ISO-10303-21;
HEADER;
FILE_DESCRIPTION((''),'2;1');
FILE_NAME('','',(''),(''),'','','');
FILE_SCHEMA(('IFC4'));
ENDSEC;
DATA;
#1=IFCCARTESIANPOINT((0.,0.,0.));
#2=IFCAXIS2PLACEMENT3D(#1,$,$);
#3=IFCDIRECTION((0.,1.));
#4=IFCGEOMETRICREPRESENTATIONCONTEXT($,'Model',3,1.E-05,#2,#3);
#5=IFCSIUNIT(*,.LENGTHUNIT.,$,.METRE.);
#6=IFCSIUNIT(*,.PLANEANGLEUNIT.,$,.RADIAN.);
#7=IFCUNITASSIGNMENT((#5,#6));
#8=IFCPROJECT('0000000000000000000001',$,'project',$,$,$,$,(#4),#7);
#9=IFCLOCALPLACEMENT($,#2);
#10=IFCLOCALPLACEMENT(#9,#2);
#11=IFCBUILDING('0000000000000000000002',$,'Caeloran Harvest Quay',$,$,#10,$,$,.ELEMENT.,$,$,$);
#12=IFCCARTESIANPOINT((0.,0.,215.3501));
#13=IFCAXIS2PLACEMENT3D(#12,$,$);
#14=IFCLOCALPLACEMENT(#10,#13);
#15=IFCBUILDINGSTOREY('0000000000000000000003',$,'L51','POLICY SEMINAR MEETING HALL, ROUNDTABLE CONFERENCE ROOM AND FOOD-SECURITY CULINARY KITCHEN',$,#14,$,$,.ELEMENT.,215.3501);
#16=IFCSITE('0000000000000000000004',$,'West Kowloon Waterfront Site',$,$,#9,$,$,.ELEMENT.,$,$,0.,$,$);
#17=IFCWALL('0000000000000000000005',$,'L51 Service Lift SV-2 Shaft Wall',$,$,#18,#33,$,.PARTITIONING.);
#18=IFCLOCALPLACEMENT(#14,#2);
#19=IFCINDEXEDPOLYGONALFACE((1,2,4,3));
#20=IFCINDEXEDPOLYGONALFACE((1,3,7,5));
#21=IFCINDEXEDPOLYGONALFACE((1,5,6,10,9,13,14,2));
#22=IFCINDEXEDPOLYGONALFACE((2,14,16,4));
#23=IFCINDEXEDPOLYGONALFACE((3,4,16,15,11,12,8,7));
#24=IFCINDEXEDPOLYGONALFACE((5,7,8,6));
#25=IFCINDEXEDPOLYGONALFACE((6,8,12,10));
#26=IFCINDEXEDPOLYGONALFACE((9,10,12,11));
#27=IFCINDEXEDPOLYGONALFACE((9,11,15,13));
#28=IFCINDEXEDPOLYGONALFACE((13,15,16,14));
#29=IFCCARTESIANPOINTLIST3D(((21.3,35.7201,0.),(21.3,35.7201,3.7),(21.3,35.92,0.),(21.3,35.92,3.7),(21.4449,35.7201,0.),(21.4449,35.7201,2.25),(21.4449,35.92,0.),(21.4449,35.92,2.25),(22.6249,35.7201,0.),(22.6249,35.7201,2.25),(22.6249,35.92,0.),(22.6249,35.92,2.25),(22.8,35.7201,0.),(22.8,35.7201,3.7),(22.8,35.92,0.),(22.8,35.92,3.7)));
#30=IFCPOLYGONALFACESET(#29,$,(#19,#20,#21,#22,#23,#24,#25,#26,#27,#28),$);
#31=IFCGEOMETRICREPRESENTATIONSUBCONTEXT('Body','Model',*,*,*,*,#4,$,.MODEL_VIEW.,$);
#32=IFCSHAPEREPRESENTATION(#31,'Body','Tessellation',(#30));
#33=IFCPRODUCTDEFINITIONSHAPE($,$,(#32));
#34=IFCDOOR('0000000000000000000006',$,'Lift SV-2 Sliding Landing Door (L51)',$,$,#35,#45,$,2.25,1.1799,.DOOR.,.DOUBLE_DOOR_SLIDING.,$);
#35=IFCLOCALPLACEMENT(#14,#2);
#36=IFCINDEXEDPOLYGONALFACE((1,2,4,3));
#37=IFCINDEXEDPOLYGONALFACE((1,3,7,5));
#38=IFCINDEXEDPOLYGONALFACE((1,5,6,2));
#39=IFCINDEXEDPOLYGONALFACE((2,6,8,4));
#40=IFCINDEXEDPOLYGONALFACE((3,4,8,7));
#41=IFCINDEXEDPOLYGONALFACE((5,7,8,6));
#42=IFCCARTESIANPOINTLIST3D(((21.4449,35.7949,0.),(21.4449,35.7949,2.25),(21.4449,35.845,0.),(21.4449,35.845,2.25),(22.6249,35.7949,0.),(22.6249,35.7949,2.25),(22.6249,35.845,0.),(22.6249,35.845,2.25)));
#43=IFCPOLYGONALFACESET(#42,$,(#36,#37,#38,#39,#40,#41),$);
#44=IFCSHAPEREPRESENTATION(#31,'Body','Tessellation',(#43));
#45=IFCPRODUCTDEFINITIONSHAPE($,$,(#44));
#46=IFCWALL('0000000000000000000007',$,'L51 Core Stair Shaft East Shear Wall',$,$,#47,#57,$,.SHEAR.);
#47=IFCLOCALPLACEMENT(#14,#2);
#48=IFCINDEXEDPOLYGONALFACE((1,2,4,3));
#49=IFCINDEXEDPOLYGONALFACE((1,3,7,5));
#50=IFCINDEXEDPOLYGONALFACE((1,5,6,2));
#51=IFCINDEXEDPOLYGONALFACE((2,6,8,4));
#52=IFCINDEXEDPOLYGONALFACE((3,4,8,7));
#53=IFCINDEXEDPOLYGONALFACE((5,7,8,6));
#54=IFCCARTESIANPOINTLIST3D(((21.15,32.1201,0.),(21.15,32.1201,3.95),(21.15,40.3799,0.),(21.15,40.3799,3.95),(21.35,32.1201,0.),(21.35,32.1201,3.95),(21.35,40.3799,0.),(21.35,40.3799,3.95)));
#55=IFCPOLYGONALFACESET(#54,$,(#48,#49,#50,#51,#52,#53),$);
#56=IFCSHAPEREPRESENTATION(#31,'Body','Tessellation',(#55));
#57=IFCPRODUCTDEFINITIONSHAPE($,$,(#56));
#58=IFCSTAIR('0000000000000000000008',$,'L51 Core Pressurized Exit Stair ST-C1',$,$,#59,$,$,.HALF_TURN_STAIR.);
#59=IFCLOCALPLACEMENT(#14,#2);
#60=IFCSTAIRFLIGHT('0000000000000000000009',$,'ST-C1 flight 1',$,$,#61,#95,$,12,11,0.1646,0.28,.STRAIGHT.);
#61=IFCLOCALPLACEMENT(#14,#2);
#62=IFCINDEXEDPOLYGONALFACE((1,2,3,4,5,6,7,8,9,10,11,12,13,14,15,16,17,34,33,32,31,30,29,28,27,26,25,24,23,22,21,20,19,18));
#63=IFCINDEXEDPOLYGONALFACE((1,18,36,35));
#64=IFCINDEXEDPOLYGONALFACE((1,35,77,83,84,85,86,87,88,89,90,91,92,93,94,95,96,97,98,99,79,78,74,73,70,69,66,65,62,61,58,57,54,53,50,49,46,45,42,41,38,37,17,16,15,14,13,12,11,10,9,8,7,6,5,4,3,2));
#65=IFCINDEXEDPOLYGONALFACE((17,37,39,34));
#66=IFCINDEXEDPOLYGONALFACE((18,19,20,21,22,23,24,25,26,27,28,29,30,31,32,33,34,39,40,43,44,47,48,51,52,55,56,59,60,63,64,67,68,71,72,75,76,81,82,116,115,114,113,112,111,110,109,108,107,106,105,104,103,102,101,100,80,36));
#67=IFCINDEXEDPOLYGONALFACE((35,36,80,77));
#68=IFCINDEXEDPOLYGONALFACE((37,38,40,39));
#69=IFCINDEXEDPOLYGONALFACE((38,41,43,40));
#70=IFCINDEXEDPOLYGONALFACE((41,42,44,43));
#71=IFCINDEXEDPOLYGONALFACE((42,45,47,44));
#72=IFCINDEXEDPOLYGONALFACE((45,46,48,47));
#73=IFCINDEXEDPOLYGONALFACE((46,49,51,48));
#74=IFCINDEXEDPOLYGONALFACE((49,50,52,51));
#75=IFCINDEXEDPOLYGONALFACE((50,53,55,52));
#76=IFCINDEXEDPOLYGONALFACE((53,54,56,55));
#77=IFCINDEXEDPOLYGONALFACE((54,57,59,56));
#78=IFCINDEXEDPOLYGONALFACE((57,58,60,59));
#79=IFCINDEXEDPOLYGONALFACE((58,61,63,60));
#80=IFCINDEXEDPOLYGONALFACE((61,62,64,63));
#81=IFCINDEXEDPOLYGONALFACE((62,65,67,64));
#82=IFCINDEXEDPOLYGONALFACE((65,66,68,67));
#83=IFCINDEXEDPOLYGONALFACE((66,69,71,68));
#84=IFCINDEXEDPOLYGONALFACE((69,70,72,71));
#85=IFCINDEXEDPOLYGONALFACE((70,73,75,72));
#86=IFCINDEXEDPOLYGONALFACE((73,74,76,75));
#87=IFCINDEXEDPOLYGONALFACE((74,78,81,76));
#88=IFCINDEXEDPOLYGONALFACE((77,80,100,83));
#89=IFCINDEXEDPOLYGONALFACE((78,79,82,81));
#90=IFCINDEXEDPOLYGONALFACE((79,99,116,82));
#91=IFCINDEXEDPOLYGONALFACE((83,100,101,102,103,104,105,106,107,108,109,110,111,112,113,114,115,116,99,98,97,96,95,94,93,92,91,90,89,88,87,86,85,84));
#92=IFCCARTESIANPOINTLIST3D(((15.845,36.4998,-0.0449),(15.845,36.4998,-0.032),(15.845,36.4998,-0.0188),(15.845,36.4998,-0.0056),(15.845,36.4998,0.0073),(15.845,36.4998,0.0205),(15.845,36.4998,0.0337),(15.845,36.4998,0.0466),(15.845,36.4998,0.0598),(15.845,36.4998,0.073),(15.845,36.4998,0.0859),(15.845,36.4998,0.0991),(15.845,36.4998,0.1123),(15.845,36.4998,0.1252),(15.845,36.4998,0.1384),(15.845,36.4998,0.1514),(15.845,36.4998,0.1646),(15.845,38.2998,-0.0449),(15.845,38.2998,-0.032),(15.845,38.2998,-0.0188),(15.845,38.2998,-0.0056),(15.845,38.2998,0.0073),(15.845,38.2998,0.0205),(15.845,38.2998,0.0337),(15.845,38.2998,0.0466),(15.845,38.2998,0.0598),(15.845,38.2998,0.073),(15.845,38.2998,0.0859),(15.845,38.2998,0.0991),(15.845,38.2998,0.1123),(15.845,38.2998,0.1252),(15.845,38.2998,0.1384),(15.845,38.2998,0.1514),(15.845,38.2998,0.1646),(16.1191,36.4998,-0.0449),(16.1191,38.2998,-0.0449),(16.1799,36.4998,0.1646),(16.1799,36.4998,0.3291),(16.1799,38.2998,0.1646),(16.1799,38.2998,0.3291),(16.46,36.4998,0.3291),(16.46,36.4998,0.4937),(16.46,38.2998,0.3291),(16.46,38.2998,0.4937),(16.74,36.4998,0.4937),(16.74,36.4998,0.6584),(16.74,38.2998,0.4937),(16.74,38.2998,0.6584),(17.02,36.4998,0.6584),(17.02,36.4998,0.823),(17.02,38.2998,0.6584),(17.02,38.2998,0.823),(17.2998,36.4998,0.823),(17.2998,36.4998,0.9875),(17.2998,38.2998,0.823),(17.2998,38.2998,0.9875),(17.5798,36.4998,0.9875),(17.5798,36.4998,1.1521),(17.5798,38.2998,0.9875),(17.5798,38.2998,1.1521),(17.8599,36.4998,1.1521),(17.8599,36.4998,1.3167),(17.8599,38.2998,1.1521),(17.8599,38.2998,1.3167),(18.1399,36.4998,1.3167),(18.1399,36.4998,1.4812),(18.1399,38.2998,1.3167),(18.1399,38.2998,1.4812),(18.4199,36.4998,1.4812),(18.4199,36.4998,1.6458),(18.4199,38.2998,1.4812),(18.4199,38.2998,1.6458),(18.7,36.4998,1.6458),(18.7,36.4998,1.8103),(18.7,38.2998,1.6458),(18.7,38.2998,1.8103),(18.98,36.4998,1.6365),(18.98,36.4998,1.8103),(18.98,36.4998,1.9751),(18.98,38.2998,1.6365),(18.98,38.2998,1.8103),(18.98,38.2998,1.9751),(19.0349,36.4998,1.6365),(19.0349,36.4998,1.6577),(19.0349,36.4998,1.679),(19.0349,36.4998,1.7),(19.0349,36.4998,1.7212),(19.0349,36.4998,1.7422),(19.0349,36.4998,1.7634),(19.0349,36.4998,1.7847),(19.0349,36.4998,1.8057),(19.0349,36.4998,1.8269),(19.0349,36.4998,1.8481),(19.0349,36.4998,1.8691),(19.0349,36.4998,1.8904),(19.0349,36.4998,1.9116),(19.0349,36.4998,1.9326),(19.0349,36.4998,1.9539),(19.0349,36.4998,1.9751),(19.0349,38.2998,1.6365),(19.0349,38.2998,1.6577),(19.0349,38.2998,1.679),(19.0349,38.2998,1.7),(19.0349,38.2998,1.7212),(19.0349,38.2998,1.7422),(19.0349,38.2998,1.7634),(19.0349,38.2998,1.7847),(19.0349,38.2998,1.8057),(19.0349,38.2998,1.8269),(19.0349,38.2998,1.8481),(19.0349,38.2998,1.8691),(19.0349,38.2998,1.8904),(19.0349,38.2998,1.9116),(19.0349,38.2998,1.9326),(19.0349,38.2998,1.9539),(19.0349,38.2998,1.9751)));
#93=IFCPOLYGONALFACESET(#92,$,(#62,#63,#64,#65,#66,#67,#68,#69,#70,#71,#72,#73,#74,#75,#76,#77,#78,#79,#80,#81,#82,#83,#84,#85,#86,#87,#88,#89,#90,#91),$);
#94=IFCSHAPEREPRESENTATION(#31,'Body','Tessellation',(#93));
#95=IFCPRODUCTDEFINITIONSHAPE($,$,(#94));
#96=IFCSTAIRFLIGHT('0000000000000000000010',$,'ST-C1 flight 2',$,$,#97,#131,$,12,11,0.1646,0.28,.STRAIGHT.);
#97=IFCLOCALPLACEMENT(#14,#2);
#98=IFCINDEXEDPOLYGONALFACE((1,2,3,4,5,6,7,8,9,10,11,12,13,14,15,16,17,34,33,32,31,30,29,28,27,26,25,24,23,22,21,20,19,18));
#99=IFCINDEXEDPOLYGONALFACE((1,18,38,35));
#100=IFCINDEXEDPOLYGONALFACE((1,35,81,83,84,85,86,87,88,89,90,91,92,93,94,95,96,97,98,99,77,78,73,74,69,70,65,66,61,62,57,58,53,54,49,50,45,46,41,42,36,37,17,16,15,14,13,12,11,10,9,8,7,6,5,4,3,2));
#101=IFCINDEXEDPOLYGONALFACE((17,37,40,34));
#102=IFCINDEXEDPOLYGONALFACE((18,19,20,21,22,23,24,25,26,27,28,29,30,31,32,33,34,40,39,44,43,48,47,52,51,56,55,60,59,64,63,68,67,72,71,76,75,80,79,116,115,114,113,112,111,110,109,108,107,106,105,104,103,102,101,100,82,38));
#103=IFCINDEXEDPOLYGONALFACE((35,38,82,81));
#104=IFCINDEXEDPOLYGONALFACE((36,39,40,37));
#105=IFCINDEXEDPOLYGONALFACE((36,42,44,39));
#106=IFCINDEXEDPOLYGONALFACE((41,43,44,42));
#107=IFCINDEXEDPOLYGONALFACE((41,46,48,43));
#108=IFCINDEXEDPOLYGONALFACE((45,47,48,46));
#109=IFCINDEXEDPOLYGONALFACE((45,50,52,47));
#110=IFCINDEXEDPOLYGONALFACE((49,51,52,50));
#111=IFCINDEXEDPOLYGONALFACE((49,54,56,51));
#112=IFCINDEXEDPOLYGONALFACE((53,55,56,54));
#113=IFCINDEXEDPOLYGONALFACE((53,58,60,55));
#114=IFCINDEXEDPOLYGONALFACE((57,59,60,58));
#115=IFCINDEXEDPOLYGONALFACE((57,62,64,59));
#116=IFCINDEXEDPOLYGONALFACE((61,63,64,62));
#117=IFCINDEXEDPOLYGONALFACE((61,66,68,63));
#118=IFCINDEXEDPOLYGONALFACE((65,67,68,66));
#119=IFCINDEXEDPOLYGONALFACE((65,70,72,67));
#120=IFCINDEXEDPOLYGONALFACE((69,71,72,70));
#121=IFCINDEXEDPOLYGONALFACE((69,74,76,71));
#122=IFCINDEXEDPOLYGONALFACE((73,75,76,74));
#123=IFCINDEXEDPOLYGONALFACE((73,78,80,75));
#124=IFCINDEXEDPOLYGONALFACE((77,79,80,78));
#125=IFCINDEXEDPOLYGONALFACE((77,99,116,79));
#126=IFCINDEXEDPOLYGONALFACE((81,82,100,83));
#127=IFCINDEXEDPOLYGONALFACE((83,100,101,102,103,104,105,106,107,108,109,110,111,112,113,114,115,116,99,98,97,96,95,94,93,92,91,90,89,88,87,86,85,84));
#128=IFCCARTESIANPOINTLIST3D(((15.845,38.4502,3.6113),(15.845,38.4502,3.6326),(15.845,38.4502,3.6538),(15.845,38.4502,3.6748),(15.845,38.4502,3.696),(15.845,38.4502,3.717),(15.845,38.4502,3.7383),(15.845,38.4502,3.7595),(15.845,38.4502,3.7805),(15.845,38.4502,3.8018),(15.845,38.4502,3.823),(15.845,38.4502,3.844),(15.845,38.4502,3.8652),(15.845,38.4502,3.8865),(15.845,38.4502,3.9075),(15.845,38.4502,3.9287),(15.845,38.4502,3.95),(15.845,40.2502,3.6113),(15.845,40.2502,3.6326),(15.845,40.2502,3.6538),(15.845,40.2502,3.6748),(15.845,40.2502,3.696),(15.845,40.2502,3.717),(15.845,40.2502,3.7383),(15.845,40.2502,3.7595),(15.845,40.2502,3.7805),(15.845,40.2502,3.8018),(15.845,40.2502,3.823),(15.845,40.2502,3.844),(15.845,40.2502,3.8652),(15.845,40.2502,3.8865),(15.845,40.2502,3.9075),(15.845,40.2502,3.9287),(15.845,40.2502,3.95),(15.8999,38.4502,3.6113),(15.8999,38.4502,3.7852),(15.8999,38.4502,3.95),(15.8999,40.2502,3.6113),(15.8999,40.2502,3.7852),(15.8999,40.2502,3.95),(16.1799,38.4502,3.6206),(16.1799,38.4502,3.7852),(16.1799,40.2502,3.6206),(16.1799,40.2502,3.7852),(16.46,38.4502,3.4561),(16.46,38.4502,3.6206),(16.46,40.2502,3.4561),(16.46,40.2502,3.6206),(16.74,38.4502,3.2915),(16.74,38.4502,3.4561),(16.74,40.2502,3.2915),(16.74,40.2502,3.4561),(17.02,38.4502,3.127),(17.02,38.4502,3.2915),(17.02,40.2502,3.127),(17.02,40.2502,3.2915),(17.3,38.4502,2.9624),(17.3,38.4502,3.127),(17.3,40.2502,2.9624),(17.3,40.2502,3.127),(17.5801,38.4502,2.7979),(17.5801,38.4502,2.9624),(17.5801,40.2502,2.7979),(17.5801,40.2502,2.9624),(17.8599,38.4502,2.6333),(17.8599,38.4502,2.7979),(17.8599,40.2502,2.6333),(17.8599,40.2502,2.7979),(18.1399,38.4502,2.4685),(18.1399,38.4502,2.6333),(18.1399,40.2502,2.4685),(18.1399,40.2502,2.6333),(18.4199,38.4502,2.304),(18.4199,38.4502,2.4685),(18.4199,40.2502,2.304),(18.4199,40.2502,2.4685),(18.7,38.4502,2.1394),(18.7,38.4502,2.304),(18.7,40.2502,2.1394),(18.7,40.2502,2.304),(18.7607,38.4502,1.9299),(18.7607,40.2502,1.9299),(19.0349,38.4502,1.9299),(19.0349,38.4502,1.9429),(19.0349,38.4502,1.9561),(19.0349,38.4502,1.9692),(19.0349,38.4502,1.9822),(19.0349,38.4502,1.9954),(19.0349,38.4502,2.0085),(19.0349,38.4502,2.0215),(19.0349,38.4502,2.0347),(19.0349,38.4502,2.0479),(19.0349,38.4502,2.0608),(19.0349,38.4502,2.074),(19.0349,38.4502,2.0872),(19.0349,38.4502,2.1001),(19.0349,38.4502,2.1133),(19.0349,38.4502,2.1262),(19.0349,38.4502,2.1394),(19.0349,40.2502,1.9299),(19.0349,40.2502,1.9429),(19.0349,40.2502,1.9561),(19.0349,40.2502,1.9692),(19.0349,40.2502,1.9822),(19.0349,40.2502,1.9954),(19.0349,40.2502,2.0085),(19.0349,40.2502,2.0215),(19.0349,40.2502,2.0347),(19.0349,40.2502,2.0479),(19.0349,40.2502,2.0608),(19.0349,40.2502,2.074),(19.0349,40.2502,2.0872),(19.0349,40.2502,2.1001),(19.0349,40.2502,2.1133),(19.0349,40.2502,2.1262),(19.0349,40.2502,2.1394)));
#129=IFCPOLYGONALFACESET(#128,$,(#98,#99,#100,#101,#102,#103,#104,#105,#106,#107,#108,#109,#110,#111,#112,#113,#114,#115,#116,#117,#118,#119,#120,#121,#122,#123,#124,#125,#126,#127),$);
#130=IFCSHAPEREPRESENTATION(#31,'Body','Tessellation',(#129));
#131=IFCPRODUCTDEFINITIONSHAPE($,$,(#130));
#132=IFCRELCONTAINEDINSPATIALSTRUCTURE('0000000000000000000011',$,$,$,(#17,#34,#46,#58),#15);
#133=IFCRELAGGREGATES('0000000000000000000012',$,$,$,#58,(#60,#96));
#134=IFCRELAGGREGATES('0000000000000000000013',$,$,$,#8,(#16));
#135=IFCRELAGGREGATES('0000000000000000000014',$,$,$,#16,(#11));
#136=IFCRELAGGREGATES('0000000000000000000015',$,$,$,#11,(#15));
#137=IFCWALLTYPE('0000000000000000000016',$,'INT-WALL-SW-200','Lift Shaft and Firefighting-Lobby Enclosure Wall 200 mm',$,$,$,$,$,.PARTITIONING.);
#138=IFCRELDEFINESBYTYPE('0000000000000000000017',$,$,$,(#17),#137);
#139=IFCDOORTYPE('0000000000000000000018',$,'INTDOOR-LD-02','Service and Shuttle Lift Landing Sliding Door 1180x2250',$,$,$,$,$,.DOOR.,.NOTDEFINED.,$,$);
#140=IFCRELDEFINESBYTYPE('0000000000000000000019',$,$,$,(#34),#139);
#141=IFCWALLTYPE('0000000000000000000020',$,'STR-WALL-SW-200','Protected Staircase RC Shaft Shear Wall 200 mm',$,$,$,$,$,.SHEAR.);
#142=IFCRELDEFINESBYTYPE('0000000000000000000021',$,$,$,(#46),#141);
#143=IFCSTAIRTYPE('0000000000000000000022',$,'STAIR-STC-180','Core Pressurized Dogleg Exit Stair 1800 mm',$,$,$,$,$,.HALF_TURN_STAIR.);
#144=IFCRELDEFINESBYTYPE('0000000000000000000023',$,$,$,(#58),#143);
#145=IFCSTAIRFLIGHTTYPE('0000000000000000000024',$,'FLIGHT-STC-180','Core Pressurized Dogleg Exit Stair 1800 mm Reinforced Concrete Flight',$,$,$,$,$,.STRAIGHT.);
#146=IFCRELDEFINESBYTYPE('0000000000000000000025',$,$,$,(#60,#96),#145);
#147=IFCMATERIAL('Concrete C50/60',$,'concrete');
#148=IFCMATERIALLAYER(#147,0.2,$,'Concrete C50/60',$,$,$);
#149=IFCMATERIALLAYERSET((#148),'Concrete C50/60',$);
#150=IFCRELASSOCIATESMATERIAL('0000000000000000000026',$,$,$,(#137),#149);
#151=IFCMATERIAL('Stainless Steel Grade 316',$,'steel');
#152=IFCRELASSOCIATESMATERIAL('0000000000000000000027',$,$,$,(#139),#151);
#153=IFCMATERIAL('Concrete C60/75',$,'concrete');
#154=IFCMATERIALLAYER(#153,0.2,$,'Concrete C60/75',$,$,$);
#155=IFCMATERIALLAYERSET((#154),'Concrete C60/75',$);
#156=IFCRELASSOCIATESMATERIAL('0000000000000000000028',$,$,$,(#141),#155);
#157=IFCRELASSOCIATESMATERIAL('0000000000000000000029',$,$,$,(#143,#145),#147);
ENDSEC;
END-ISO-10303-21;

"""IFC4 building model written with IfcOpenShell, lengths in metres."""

from ifc_helpers import new_model, si_unit, direction, frame, frame_2d, origin, place, context, subcontext, project, spatial, polyline, rectangle, outline, extrude, material, layer, layer_set, type_object, element, fill, aggregate, save


model = new_model("IFC4")

# Units and contexts
model_context = context("Model", 3, precision=1e-05, world=origin(), true_north=direction((0.0, 1.0)))
body_context = subcontext(model_context, "Body", "Model", "MODEL_VIEW")
ifc_project = project(units=[si_unit("LENGTHUNIT", "METRE"), si_unit("PLANEANGLEUNIT", "RADIAN")], contexts=[model_context])

# Site, building, storey
site_placement = place(None, origin())
site = spatial("IfcSite", under=ifc_project, at=site_placement, Name="West Kowloon Waterfront Site", CompositionType="ELEMENT", RefElevation=0.0)
building_placement = place(site_placement, origin())
building = spatial("IfcBuilding", under=site, at=building_placement, Name="Caeloran Harvest Quay", CompositionType="ELEMENT")
storey_placement = place(building_placement, frame((0.0, 0.0, 215.3501)))
storey = spatial("IfcBuildingStorey", under=building, at=storey_placement, Name="L51", Description="POLICY SEMINAR MEETING HALL, ROUNDTABLE CONFERENCE ROOM AND FOOD-SECURITY CULINARY KITCHEN", CompositionType="ELEMENT", Elevation=215.3501)

# Wall, opening, door
ifc_material_1 = material(Name="Concrete C50/60", Category="concrete")
ifc_layer_1 = layer(ifc_material_1, 0.2, Name="Concrete C50/60")
ifc_layer_set_1 = layer_set([ifc_layer_1], Name="Concrete C50/60")
wall_type_1 = type_object("IfcWallType", Name="INT-WALL-SW-200", Description="Lift Shaft and Firefighting-Lobby Enclosure Wall 200 mm", PredefinedType="PARTITIONING", material=ifc_layer_set_1)
wall_1_placement = place(storey_placement, frame((21.3, 35.8201, 0.0), z_axis=(0.0, 0.0, 1.0), x_axis=(1.0, 0.0, 0.0)))
wall_1 = element("IfcWall", 1, at=wall_1_placement, inside=storey, type_object=wall_type_1, Name="L51 Service Lift SV-2 Shaft Wall", PredefinedType="PARTITIONING", context=body_context, shape_type="SweptSolid", body=[
    extrude(rectangle(XDim=1.5, YDim=0.2, at=frame_2d((0.75, 0.0))), origin(), (0.0, 0.0, 1.0), 3.7),
])
opening_placement = place(wall_1_placement, frame((0.145, 0.0, 0.0)))
opening = element("IfcOpeningElement", 2, at=opening_placement, cuts=wall_1, PredefinedType="OPENING", context=body_context, shape_type="SweptSolid", body=[
    extrude(rectangle(XDim=1.1799, YDim=2.25, at=frame_2d((0.5898, 1.125))), frame((0.0, 0.1099, 0.0), z_axis=(0.0, -1.0, 0.0), x_axis=(1.0, 0.0, 0.0)), (0.0, 0.0, 1.0), 0.22),
])
ifc_material_2 = material(Name="Stainless Steel Grade 316", Category="steel")
door_type = type_object("IfcDoorType", Name="INTDOOR-LD-02", Description="Service and Shuttle Lift Landing Sliding Door 1180x2250", OperationType="NOTDEFINED", PredefinedType="DOOR", material=ifc_material_2)
door_placement = place(opening_placement, origin())
door = element("IfcDoor", 3, at=door_placement, inside=storey, type_object=door_type, Name="Lift SV-2 Sliding Landing Door (L51)", OperationType="DOUBLE_DOOR_SLIDING", OverallHeight=2.25, OverallWidth=1.1799, PredefinedType="DOOR", context=body_context, shape_type="SweptSolid", body=[
    extrude(rectangle(XDim=1.1799, YDim=2.25, at=frame_2d((0.5898, 1.125))), frame((0.0, 0.0249, 0.0), z_axis=(0.0, -1.0, 0.0), x_axis=(1.0, 0.0, 0.0)), (0.0, 0.0, 1.0), 0.05),
])
fill(opening, door)

# Wall
ifc_material_3 = material(Name="Concrete C60/75", Category="concrete")
ifc_layer_2 = layer(ifc_material_3, 0.2, Name="Concrete C60/75")
ifc_layer_set_2 = layer_set([ifc_layer_2], Name="Concrete C60/75")
wall_type_2 = type_object("IfcWallType", Name="STR-WALL-SW-200", Description="Protected Staircase RC Shaft Shear Wall 200 mm", PredefinedType="SHEAR", material=ifc_layer_set_2)
wall_2_placement = place(storey_placement, frame((21.25, 32.1201, 0.0), z_axis=(0.0, 0.0, 1.0), x_axis=(0.0, 1.0, 0.0)))
element("IfcWall", 4, at=wall_2_placement, inside=storey, type_object=wall_type_2, Name="L51 Core Stair Shaft East Shear Wall", PredefinedType="SHEAR", context=body_context, shape_type="SweptSolid", body=[
    extrude(rectangle(XDim=8.2598, YDim=0.2, at=frame_2d((4.1299, 0.0))), origin(), (0.0, 0.0, 1.0), 3.95),
])

# Stair, stair flights
stair_type = type_object("IfcStairType", Name="STAIR-STC-180", Description="Core Pressurized Dogleg Exit Stair 1800 mm", PredefinedType="HALF_TURN_STAIR", material=ifc_material_1)
stair_1_placement = place(storey_placement, origin())
stair_1 = element("IfcStair", 5, at=stair_1_placement, inside=storey, type_object=stair_type, Name="L51 Core Pressurized Exit Stair ST-C1", PredefinedType="HALF_TURN_STAIR")
stair_flight_type = type_object("IfcStairFlightType", Name="FLIGHT-STC-180", Description="Core Pressurized Dogleg Exit Stair 1800 mm Reinforced Concrete Flight", PredefinedType="STRAIGHT", material=ifc_material_1)
stair_flight_1_placement = place(storey_placement, frame((15.8999, 37.3999, 0.0), z_axis=(0.0, 0.0, 1.0), x_axis=(1.0, 0.0, 0.0)))
stair_flight_1 = element("IfcStairFlight", 6, at=stair_flight_1_placement, type_object=stair_flight_type, Name="ST-C1 flight 1", NumberOfRisers=12, NumberOfTreads=11, PredefinedType="STRAIGHT", RiserHeight=0.1646, TreadLength=0.28, context=body_context, shape_type="SweptSolid", body=[
    extrude(outline(polyline([(-0.0549, -0.0449), (-0.0549, -0.032), (-0.0549, -0.0188), (-0.0549, -0.0056), (-0.0549, 0.0073), (-0.0549, 0.0205), (-0.0549, 0.0337), (-0.0549, 0.0466), (-0.0549, 0.0598), (-0.0549, 0.073), (-0.0549, 0.0859), (-0.0549, 0.0991), (-0.0549, 0.1123), (-0.0549, 0.1252), (-0.0549, 0.1384), (-0.0549, 0.1514), (-0.0549, 0.1646), (0.28, 0.1646), (0.28, 0.3291), (0.5601, 0.3291), (0.5601, 0.4937), (0.8401, 0.4937), (0.8401, 0.6584), (1.1201, 0.6584), (1.1201, 0.823), (1.3999, 0.823), (1.3999, 0.9875), (1.6799, 0.9875), (1.6799, 1.1521), (1.96, 1.1521), (1.96, 1.3167), (2.24, 1.3167), (2.24, 1.4812), (2.52, 1.4812), (2.52, 1.6458), (2.8, 1.6458), (2.8, 1.8103), (3.0801, 1.8103), (3.0801, 1.9751), (3.135, 1.9751), (3.135, 1.9539), (3.135, 1.9326), (3.135, 1.9116), (3.135, 1.8904), (3.135, 1.8691), (3.135, 1.8481), (3.135, 1.8269), (3.135, 1.8057), (3.135, 1.7847), (3.135, 1.7634), (3.135, 1.7422), (3.135, 1.7212), (3.135, 1.7), (3.135, 1.679), (3.135, 1.6577), (3.135, 1.6365), (3.0801, 1.6365), (0.2192, -0.0449), (-0.0549, -0.0449)])), frame((0.0, 0.8999, 0.0), z_axis=(0.0, -1.0, 0.0), x_axis=(1.0, 0.0, 0.0)), (0.0, 0.0, 1.0), 1.8),
])
stair_flight_2_placement = place(storey_placement, frame((18.98, 39.3501, 1.9749), z_axis=(0.0, 0.0, 1.0), x_axis=(-1.0, 0.0, 0.0)))
stair_flight_2 = element("IfcStairFlight", 7, at=stair_flight_2_placement, type_object=stair_flight_type, Name="ST-C1 flight 2", NumberOfRisers=12, NumberOfTreads=11, PredefinedType="STRAIGHT", RiserHeight=0.1646, TreadLength=0.28, context=body_context, shape_type="SweptSolid", body=[
    extrude(outline(polyline([(-0.0549, -0.0449), (-0.0549, -0.032), (-0.0549, -0.0188), (-0.0549, -0.0056), (-0.0549, 0.0073), (-0.0549, 0.0205), (-0.0549, 0.0337), (-0.0549, 0.0466), (-0.0549, 0.0598), (-0.0549, 0.073), (-0.0549, 0.0859), (-0.0549, 0.0991), (-0.0549, 0.1123), (-0.0549, 0.1252), (-0.0549, 0.1384), (-0.0549, 0.1514), (-0.0549, 0.1646), (0.28, 0.1646), (0.28, 0.3291), (0.5601, 0.3291), (0.5601, 0.4937), (0.8401, 0.4937), (0.8401, 0.6584), (1.1201, 0.6584), (1.1201, 0.823), (1.3999, 0.823), (1.3999, 0.9875), (1.6799, 0.9875), (1.6799, 1.1521), (1.96, 1.1521), (1.96, 1.3167), (2.24, 1.3167), (2.24, 1.4812), (2.52, 1.4812), (2.52, 1.6458), (2.8, 1.6458), (2.8, 1.8103), (3.0801, 1.8103), (3.0801, 1.9751), (3.135, 1.9751), (3.135, 1.9539), (3.135, 1.9326), (3.135, 1.9116), (3.135, 1.8904), (3.135, 1.8691), (3.135, 1.8481), (3.135, 1.8269), (3.135, 1.8057), (3.135, 1.7847), (3.135, 1.7634), (3.135, 1.7422), (3.135, 1.7212), (3.135, 1.7), (3.135, 1.679), (3.135, 1.6577), (3.135, 1.6365), (3.0801, 1.6365), (0.2192, -0.0449), (-0.0549, -0.0449)])), frame((0.0, 0.8999, 0.0), z_axis=(0.0, -1.0, 0.0), x_axis=(1.0, 0.0, 0.0)), (0.0, 0.0, 1.0), 1.8),
])
aggregate(stair_1, [stair_flight_1, stair_flight_2])

save(model, "model.ifc")
